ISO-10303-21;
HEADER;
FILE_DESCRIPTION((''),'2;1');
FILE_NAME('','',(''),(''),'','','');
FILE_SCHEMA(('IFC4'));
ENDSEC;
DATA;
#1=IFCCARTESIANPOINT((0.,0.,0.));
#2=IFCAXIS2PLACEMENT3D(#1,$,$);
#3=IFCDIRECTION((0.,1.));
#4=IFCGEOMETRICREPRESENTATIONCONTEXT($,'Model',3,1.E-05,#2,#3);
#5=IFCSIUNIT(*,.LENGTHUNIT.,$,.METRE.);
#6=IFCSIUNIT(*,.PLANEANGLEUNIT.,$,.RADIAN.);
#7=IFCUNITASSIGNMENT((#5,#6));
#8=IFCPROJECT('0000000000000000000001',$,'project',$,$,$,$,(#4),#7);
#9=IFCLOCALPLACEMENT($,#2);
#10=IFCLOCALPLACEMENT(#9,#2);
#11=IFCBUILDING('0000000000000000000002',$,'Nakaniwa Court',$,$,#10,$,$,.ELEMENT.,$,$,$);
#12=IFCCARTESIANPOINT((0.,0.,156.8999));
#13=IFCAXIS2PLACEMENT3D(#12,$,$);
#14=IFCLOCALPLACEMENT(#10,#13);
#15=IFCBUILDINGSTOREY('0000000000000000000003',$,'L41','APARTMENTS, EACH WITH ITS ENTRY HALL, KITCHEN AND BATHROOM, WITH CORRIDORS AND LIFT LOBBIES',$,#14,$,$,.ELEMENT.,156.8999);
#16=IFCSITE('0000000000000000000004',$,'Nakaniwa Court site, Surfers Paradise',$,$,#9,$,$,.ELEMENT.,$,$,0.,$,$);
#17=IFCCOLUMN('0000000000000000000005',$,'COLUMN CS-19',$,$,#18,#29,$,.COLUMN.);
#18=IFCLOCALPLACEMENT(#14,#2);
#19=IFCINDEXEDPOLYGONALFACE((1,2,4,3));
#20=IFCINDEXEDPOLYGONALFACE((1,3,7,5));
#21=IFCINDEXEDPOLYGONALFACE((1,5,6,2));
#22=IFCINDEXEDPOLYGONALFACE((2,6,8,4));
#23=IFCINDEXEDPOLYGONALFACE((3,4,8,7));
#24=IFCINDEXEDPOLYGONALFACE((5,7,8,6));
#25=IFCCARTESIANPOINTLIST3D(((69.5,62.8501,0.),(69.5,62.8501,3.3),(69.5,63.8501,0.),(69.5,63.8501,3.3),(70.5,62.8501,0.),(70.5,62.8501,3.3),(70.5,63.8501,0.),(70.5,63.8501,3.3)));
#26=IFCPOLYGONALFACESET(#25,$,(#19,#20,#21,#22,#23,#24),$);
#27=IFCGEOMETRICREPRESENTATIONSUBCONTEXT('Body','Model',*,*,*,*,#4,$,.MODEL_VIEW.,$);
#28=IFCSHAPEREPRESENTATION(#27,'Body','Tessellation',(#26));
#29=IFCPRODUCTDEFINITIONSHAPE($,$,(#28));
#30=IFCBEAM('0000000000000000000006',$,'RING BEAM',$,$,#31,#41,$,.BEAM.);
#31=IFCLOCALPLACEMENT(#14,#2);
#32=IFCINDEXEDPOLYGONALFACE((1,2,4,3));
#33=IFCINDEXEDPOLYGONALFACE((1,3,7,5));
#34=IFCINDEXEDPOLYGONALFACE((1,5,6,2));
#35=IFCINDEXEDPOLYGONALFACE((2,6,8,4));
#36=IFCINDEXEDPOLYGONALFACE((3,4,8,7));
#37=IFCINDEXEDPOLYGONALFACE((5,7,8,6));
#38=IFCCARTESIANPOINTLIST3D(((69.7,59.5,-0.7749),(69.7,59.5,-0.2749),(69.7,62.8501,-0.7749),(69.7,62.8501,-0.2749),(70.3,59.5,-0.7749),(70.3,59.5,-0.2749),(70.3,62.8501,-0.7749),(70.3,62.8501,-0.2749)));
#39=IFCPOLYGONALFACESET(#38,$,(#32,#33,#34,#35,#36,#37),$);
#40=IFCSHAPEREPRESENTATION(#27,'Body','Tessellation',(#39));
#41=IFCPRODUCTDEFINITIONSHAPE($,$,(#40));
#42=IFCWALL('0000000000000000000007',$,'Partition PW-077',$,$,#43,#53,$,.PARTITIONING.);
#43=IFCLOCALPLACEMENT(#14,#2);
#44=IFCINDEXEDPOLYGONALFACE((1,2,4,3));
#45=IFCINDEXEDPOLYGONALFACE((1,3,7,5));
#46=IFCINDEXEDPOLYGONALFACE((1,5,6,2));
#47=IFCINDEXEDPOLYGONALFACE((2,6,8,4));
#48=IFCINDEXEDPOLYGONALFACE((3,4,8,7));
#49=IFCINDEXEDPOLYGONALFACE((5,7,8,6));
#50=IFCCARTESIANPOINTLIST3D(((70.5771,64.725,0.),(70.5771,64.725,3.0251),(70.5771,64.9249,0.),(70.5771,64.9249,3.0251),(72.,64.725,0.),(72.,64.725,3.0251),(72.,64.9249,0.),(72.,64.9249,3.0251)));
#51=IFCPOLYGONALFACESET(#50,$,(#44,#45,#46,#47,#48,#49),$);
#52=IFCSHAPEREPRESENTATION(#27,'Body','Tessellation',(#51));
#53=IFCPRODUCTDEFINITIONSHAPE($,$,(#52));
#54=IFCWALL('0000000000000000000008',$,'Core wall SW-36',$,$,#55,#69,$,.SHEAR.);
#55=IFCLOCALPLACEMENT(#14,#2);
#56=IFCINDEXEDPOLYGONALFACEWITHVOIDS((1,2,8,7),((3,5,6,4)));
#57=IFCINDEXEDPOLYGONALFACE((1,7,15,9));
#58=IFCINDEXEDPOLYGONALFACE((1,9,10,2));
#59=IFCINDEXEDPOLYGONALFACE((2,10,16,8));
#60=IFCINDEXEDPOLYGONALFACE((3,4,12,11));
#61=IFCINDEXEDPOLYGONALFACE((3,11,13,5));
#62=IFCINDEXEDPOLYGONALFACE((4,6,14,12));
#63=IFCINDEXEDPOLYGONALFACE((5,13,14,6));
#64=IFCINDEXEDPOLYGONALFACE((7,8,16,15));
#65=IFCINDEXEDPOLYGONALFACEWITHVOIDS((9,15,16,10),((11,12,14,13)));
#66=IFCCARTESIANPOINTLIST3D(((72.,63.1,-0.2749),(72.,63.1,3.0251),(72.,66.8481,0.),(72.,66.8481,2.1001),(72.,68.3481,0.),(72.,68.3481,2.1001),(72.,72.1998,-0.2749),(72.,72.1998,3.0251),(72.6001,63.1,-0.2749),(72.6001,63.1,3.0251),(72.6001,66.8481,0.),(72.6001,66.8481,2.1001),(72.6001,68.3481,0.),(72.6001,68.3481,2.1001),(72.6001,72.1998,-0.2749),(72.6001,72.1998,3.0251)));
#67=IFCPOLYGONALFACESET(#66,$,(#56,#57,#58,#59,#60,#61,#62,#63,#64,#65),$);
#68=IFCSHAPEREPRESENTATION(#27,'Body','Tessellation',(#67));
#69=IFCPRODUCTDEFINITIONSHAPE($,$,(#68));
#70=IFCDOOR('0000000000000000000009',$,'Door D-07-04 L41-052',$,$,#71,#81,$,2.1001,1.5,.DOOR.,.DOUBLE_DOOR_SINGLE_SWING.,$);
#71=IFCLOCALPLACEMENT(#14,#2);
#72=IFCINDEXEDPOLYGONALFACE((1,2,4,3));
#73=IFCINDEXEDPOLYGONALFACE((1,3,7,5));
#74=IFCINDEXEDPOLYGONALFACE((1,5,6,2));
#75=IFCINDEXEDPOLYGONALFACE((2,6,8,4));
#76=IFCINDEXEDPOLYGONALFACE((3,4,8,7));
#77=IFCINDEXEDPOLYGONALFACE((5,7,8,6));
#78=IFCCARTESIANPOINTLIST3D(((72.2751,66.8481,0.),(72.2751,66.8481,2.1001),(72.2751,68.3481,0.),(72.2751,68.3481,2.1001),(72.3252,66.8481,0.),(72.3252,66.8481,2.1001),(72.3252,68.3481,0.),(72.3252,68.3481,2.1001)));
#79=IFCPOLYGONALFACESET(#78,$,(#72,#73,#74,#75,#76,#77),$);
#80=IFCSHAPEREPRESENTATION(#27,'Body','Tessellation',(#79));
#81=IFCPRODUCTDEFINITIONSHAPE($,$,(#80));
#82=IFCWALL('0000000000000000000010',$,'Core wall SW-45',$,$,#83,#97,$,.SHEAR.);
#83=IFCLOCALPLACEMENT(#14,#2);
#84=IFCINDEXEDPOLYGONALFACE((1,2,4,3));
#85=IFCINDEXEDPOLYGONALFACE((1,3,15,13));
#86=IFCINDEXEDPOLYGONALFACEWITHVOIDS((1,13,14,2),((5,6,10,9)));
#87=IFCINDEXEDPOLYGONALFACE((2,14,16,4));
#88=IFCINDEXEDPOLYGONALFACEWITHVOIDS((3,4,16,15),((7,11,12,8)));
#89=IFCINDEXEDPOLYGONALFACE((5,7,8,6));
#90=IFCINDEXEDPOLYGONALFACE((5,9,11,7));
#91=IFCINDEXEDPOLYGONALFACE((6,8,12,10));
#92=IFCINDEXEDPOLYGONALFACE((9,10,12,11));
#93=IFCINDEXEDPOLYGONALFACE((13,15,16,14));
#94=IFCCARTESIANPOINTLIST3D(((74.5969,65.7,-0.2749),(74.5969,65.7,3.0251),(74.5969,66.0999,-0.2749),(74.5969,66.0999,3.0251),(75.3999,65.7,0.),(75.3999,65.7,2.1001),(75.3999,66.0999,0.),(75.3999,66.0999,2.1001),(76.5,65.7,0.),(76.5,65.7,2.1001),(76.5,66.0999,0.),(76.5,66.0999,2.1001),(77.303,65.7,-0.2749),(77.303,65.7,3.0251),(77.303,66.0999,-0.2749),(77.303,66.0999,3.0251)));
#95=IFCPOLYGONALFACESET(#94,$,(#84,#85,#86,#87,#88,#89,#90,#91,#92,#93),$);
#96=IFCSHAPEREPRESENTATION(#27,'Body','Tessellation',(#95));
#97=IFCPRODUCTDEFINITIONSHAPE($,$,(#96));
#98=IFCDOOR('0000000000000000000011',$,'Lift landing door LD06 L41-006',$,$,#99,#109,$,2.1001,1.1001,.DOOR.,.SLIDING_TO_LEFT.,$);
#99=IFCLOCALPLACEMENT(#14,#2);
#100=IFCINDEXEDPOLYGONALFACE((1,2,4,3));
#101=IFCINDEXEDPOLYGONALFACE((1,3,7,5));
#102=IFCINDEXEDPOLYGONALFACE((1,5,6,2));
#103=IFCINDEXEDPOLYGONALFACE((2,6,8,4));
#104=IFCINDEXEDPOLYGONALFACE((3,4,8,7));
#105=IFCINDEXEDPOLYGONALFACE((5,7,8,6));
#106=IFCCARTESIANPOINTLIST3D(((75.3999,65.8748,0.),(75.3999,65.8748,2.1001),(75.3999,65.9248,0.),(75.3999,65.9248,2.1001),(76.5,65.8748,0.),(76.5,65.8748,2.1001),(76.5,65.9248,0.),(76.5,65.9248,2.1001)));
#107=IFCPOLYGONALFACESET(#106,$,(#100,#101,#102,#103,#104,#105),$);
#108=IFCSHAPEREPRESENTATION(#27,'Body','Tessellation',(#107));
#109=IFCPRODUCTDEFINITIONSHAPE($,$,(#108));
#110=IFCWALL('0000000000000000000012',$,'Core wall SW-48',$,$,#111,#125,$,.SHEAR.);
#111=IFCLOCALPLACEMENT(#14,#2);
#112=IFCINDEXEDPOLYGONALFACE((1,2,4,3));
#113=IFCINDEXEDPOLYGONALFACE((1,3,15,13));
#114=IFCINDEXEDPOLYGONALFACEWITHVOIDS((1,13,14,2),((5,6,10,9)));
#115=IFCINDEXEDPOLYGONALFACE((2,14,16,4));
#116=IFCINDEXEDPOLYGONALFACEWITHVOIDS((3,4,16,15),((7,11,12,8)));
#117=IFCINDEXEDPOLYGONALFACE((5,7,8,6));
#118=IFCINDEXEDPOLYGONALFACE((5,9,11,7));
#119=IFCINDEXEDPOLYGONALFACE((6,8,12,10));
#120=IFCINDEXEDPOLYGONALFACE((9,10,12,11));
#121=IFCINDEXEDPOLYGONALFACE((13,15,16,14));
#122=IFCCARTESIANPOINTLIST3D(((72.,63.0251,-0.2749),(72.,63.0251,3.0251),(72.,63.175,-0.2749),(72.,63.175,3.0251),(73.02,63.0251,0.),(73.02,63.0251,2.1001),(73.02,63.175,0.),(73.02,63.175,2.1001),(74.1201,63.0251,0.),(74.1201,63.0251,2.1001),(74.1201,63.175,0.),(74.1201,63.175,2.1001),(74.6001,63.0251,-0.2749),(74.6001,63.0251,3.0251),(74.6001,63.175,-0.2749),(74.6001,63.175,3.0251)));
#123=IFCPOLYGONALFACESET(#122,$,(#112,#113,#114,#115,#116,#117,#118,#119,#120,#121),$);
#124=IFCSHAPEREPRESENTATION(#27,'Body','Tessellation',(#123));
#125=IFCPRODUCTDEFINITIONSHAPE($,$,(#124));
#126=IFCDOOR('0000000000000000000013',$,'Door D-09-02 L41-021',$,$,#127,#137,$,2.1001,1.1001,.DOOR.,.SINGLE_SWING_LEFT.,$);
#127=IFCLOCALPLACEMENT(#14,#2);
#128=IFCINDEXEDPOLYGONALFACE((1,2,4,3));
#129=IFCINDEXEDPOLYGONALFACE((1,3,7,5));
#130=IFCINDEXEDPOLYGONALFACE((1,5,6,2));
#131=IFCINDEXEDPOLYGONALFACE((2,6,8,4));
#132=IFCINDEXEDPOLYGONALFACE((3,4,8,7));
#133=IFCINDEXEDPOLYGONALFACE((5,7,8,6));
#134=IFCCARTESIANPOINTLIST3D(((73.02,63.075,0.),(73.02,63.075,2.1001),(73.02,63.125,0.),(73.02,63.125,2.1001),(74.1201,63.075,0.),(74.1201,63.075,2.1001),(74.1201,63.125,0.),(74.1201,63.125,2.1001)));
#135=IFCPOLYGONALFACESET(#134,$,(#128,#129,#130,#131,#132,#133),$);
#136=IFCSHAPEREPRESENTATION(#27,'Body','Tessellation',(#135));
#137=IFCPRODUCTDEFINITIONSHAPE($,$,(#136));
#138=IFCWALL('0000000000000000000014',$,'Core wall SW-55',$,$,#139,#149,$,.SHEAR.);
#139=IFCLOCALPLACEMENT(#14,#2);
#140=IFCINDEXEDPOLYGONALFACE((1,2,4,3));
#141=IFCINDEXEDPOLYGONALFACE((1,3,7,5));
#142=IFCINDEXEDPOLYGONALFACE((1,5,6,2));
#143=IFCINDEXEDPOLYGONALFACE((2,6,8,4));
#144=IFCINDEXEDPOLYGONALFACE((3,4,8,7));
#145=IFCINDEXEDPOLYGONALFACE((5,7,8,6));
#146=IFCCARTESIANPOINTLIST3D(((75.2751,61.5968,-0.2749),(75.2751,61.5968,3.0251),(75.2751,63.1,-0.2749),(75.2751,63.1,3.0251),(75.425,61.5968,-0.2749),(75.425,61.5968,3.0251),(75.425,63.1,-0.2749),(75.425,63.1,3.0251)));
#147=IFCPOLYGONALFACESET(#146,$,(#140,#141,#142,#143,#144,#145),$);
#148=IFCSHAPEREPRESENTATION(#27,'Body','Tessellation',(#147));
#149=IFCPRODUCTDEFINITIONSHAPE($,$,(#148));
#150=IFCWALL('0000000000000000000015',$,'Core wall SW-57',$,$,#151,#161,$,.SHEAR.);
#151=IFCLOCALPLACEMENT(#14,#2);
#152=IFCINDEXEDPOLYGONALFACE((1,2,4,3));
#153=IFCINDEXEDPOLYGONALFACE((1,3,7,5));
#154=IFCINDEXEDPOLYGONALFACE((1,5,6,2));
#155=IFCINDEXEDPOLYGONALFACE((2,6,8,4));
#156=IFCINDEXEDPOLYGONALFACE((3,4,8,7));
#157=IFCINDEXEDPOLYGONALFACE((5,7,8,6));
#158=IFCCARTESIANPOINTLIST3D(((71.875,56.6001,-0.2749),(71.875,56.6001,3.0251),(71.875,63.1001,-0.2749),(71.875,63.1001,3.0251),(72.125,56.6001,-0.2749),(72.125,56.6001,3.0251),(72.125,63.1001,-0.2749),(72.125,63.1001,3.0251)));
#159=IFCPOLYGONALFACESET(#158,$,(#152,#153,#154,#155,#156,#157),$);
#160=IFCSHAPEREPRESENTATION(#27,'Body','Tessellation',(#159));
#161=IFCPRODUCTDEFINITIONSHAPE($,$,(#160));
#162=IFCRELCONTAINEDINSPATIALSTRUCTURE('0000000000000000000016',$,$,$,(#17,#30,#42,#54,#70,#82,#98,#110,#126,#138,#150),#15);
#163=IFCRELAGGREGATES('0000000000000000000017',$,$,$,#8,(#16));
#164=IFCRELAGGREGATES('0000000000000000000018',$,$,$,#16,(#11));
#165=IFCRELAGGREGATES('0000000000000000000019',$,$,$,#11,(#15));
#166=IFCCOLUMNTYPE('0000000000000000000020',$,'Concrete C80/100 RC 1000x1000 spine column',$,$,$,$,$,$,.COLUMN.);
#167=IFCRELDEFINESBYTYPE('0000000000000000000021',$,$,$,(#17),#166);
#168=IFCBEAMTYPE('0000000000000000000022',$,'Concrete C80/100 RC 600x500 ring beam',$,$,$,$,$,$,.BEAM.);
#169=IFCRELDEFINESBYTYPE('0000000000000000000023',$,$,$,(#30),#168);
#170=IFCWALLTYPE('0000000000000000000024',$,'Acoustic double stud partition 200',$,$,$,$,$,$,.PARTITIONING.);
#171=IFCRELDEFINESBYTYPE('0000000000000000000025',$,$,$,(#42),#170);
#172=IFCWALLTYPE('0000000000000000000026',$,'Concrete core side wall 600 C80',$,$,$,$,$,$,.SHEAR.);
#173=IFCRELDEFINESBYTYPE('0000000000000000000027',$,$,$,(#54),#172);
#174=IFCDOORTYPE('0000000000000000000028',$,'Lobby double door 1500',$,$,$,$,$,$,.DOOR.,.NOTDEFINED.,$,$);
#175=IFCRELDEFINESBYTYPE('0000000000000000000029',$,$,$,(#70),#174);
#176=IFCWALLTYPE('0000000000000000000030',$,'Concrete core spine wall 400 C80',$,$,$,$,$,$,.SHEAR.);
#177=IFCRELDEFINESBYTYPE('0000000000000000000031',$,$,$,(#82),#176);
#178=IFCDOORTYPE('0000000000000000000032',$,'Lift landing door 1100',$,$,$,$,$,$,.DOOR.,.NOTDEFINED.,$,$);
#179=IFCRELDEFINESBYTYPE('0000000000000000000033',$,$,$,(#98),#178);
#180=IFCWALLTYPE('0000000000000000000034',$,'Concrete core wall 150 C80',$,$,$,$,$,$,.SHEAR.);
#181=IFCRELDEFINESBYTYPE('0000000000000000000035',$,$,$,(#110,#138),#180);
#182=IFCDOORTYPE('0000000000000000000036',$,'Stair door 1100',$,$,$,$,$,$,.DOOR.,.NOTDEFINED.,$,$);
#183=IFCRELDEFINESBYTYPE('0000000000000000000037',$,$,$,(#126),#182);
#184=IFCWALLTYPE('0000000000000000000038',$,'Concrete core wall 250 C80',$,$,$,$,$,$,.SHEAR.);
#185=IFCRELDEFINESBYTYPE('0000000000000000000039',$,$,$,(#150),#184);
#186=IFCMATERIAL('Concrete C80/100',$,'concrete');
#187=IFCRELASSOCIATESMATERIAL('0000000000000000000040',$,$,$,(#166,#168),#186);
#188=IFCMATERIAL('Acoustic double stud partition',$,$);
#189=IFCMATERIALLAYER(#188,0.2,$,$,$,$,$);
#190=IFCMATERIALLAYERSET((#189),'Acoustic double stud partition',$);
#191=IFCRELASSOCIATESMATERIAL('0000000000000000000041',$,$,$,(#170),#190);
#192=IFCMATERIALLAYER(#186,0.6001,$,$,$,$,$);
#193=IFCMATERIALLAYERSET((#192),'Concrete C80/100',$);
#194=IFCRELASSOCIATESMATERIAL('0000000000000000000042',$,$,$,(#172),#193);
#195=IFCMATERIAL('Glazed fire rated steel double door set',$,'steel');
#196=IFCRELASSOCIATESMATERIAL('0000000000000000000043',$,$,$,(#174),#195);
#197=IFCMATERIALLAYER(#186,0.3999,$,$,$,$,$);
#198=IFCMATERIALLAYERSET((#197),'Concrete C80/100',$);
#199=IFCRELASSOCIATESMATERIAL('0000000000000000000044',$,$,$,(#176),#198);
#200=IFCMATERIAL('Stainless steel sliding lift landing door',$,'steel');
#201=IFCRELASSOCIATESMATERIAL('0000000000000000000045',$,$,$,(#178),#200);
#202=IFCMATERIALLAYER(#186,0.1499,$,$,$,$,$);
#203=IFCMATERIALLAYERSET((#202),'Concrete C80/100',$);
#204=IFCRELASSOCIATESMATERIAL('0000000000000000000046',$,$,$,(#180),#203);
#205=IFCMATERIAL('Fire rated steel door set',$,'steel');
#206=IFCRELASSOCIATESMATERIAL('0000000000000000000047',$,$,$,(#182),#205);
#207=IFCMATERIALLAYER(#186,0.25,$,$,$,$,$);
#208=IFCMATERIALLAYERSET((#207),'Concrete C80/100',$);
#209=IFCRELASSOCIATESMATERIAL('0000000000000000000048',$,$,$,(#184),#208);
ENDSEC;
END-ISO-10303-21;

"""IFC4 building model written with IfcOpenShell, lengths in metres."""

from ifc_helpers import new_model, si_unit, direction, frame, frame_2d, origin, origin_2d, place, context, subcontext, project, spatial, rectangle, extrude, material, layer, layer_set, material_profile, profile_set, type_object, element, fill, save


model = new_model("IFC4")

# Units and contexts
model_context = context("Model", 3, precision=1e-05, world=origin(), true_north=direction((0.0, 1.0)))
body_context = subcontext(model_context, "Body", "Model", "MODEL_VIEW")
ifc_project = project(units=[si_unit("LENGTHUNIT", "METRE"), si_unit("PLANEANGLEUNIT", "RADIAN")], contexts=[model_context])

# Site, building, storey
site_placement = place(None, origin())
site = spatial("IfcSite", under=ifc_project, at=site_placement, Name="Nakaniwa Court site, Surfers Paradise", CompositionType="ELEMENT", RefElevation=0.0)
building_placement = place(site_placement, origin())
building = spatial("IfcBuilding", under=site, at=building_placement, Name="Nakaniwa Court", CompositionType="ELEMENT")
storey_placement = place(building_placement, frame((0.0, 0.0, 156.8999)))
storey = spatial("IfcBuildingStorey", under=building, at=storey_placement, Name="L41", Description="APARTMENTS, EACH WITH ITS ENTRY HALL, KITCHEN AND BATHROOM, WITH CORRIDORS AND LIFT LOBBIES", CompositionType="ELEMENT", Elevation=156.8999)

# Column
ifc_material_1 = material(Name="Concrete C80/100", Category="concrete")
ifc_material_profile_1 = material_profile(ifc_material_1, rectangle(XDim=1.0, YDim=1.0, at=origin_2d()), Name="Concrete C80/100 RC 1000x1000 spine column")
ifc_profile_set_1 = profile_set([ifc_material_profile_1], Name="Concrete C80/100")
column_type = type_object("IfcColumnType", Name="Concrete C80/100 RC 1000x1000 spine column", PredefinedType="COLUMN", material=ifc_profile_set_1)
column_placement = place(storey_placement, frame((70.0, 63.3501, 0.0), z_axis=(0.0, 0.0, 1.0), x_axis=(0.0, -1.0, 0.0)))
element("IfcColumn", 1, at=column_placement, inside=storey, type_object=column_type, Name="COLUMN CS-19", PredefinedType="COLUMN", context=body_context, shape_type="SweptSolid", body=[
    extrude(rectangle(XDim=1.0, YDim=1.0, at=origin_2d()), origin(), (0.0, 0.0, 1.0), 3.3),
])

# Beam
ifc_material_profile_2 = material_profile(ifc_material_1, rectangle(XDim=0.6001, YDim=0.5, at=origin_2d()), Name="Concrete C80/100 RC 600x500 ring beam")
ifc_profile_set_2 = profile_set([ifc_material_profile_2], Name="Concrete C80/100")
beam_type = type_object("IfcBeamType", Name="Concrete C80/100 RC 600x500 ring beam", PredefinedType="BEAM", material=ifc_profile_set_2)
beam_placement = place(storey_placement, frame((70.0, 62.8501, -0.5249), z_axis=(0.0, -1.0, 0.0), x_axis=(1.0, 0.0, 0.0)))
element("IfcBeam", 2, at=beam_placement, inside=storey, type_object=beam_type, Name="RING BEAM", PredefinedType="BEAM", context=body_context, shape_type="SweptSolid", body=[
    extrude(rectangle(XDim=0.6001, YDim=0.5, at=origin_2d()), origin(), (0.0, 0.0, 1.0), 3.3501),
])

# Wall
ifc_material_2 = material(Name="Acoustic double stud partition")
ifc_layer_1 = layer(ifc_material_2, 0.2)
ifc_layer_set_1 = layer_set([ifc_layer_1], Name="Acoustic double stud partition")
wall_type_1 = type_object("IfcWallType", Name="Acoustic double stud partition 200", PredefinedType="PARTITIONING", material=ifc_layer_set_1)
wall_1_placement = place(storey_placement, frame((70.5771, 64.825, 0.0), z_axis=(0.0, 0.0, 1.0), x_axis=(1.0, 0.0, 0.0)))
element("IfcWall", 3, at=wall_1_placement, inside=storey, type_object=wall_type_1, Name="Partition PW-077", PredefinedType="PARTITIONING", context=body_context, shape_type="SweptSolid", body=[
    extrude(rectangle(XDim=1.4229, YDim=0.2, at=frame_2d((0.7114, 0.0))), origin(), (0.0, 0.0, 1.0), 3.0251),
])

# Walls, openings, doors
ifc_layer_2 = layer(ifc_material_1, 0.6001)
ifc_layer_set_2 = layer_set([ifc_layer_2], Name="Concrete C80/100")
wall_type_2 = type_object("IfcWallType", Name="Concrete core side wall 600 C80", PredefinedType="SHEAR", material=ifc_layer_set_2)
wall_2_placement = place(storey_placement, frame((72.3, 63.1001, -0.2749), z_axis=(0.0, 0.0, 1.0), x_axis=(0.0, 1.0, 0.0)))
wall_2 = element("IfcWall", 4, at=wall_2_placement, inside=storey, type_object=wall_type_2, Name="Core wall SW-36", PredefinedType="SHEAR", context=body_context, shape_type="SweptSolid", body=[
    extrude(rectangle(XDim=9.0999, YDim=0.6001, at=frame_2d((4.5498, 0.0))), origin(), (0.0, 0.0, 1.0), 3.3),
])
opening_1_placement = place(wall_2_placement, frame((3.748, 0.0, 0.2749)))
opening_1 = element("IfcOpeningElement", 5, at=opening_1_placement, cuts=wall_2, PredefinedType="OPENING", context=body_context, shape_type="SweptSolid", body=[
    extrude(rectangle(XDim=1.5, YDim=2.1001, at=frame_2d((0.75, 1.05))), frame((0.0, 0.3101, 0.0), z_axis=(0.0, -1.0, 0.0), x_axis=(1.0, 0.0, 0.0)), (0.0, 0.0, 1.0), 0.6201),
])
ifc_material_3 = material(Name="Glazed fire rated steel double door set", Category="steel")
door_type_1 = type_object("IfcDoorType", Name="Lobby double door 1500", OperationType="NOTDEFINED", PredefinedType="DOOR", material=ifc_material_3)
door_1_placement = place(opening_1_placement, origin())
door_1 = element("IfcDoor", 6, at=door_1_placement, inside=storey, type_object=door_type_1, Name="Door D-07-04 L41-052", OperationType="DOUBLE_DOOR_SINGLE_SWING", OverallHeight=2.1001, OverallWidth=1.5, PredefinedType="DOOR", context=body_context, shape_type="SweptSolid", body=[
    extrude(rectangle(XDim=1.5, YDim=2.1001, at=frame_2d((0.75, 1.05))), frame((0.0, 0.0249, 0.0), z_axis=(0.0, -1.0, 0.0), x_axis=(1.0, 0.0, 0.0)), (0.0, 0.0, 1.0), 0.05),
])
fill(opening_1, door_1)
ifc_layer_3 = layer(ifc_material_1, 0.3999)
ifc_layer_set_3 = layer_set([ifc_layer_3], Name="Concrete C80/100")
wall_type_3 = type_object("IfcWallType", Name="Concrete core spine wall 400 C80", PredefinedType="SHEAR", material=ifc_layer_set_3)
wall_3_placement = place(storey_placement, frame((74.5969, 65.8999, -0.2749), z_axis=(0.0, 0.0, 1.0), x_axis=(1.0, 0.0, 0.0)))
wall_3 = element("IfcWall", 7, at=wall_3_placement, inside=storey, type_object=wall_type_3, Name="Core wall SW-45", PredefinedType="SHEAR", context=body_context, shape_type="SweptSolid", body=[
    extrude(rectangle(XDim=2.7061, YDim=0.3999, at=frame_2d((1.353, 0.0))), origin(), (0.0, 0.0, 1.0), 3.3),
])
opening_2_placement = place(wall_3_placement, frame((0.803, 0.0, 0.2749)))
opening_2 = element("IfcOpeningElement", 8, at=opening_2_placement, cuts=wall_3, PredefinedType="OPENING", context=body_context, shape_type="SweptSolid", body=[
    extrude(rectangle(XDim=1.1001, YDim=2.1001, at=frame_2d((0.55, 1.05))), frame((0.0, 0.21, 0.0), z_axis=(0.0, -1.0, 0.0), x_axis=(1.0, 0.0, 0.0)), (0.0, 0.0, 1.0), 0.4199),
])
ifc_material_4 = material(Name="Stainless steel sliding lift landing door", Category="steel")
door_type_2 = type_object("IfcDoorType", Name="Lift landing door 1100", OperationType="NOTDEFINED", PredefinedType="DOOR", material=ifc_material_4)
door_2_placement = place(opening_2_placement, origin())
door_2 = element("IfcDoor", 9, at=door_2_placement, inside=storey, type_object=door_type_2, Name="Lift landing door LD06 L41-006", OperationType="SLIDING_TO_LEFT", OverallHeight=2.1001, OverallWidth=1.1001, PredefinedType="DOOR", context=body_context, shape_type="SweptSolid", body=[
    extrude(rectangle(XDim=1.1001, YDim=2.1001, at=frame_2d((0.55, 1.05))), frame((0.0, 0.0249, 0.0), z_axis=(0.0, -1.0, 0.0), x_axis=(1.0, 0.0, 0.0)), (0.0, 0.0, 1.0), 0.05),
])
fill(opening_2, door_2)
ifc_layer_4 = layer(ifc_material_1, 0.1499)
ifc_layer_set_4 = layer_set([ifc_layer_4], Name="Concrete C80/100")
wall_type_4 = type_object("IfcWallType", Name="Concrete core wall 150 C80", PredefinedType="SHEAR", material=ifc_layer_set_4)
wall_4_placement = place(storey_placement, frame((72.0, 63.1001, -0.2749), z_axis=(0.0, 0.0, 1.0), x_axis=(1.0, 0.0, 0.0)))
wall_4 = element("IfcWall", 10, at=wall_4_placement, inside=storey, type_object=wall_type_4, Name="Core wall SW-48", PredefinedType="SHEAR", context=body_context, shape_type="SweptSolid", body=[
    extrude(rectangle(XDim=2.6001, YDim=0.1499, at=frame_2d((1.3, 0.0))), origin(), (0.0, 0.0, 1.0), 3.3),
])
opening_3_placement = place(wall_4_placement, frame((1.02, 0.0, 0.2749)))
opening_3 = element("IfcOpeningElement", 11, at=opening_3_placement, cuts=wall_4, PredefinedType="OPENING", context=body_context, shape_type="SweptSolid", body=[
    extrude(rectangle(XDim=1.1001, YDim=2.1001, at=frame_2d((0.55, 1.05))), frame((0.0, 0.085, 0.0), z_axis=(0.0, -1.0, 0.0), x_axis=(1.0, 0.0, 0.0)), (0.0, 0.0, 1.0), 0.1699),
])
ifc_material_5 = material(Name="Fire rated steel door set", Category="steel")
door_type_3 = type_object("IfcDoorType", Name="Stair door 1100", OperationType="NOTDEFINED", PredefinedType="DOOR", material=ifc_material_5)
door_3_placement = place(opening_3_placement, origin())
door_3 = element("IfcDoor", 12, at=door_3_placement, inside=storey, type_object=door_type_3, Name="Door D-09-02 L41-021", OperationType="SINGLE_SWING_LEFT", OverallHeight=2.1001, OverallWidth=1.1001, PredefinedType="DOOR", context=body_context, shape_type="SweptSolid", body=[
    extrude(rectangle(XDim=1.1001, YDim=2.1001, at=frame_2d((0.55, 1.05))), frame((0.0, 0.0249, 0.0), z_axis=(0.0, -1.0, 0.0), x_axis=(1.0, 0.0, 0.0)), (0.0, 0.0, 1.0), 0.05),
])
fill(opening_3, door_3)

# Walls
wall_5_placement = place(storey_placement, frame((75.3501, 61.5969, -0.2749), z_axis=(0.0, 0.0, 1.0), x_axis=(0.0, 1.0, 0.0)))
element("IfcWall", 13, at=wall_5_placement, inside=storey, type_object=wall_type_4, Name="Core wall SW-55", PredefinedType="SHEAR", context=body_context, shape_type="SweptSolid", body=[
    extrude(rectangle(XDim=1.5032, YDim=0.1499, at=frame_2d((0.7515, 0.0))), origin(), (0.0, 0.0, 1.0), 3.3),
])
ifc_layer_5 = layer(ifc_material_1, 0.25)
ifc_layer_set_5 = layer_set([ifc_layer_5], Name="Concrete C80/100")
wall_type_5 = type_object("IfcWallType", Name="Concrete core wall 250 C80", PredefinedType="SHEAR", material=ifc_layer_set_5)
wall_6_placement = place(storey_placement, frame((72.0, 56.6001, -0.2749), z_axis=(0.0, 0.0, 1.0), x_axis=(0.0, 1.0, 0.0)))
element("IfcWall", 14, at=wall_6_placement, inside=storey, type_object=wall_type_5, Name="Core wall SW-57", PredefinedType="SHEAR", context=body_context, shape_type="SweptSolid", body=[
    extrude(rectangle(XDim=6.5, YDim=0.25, at=frame_2d((3.25, 0.0))), origin(), (0.0, 0.0, 1.0), 3.3),
])

save(model, "model.ifc")
